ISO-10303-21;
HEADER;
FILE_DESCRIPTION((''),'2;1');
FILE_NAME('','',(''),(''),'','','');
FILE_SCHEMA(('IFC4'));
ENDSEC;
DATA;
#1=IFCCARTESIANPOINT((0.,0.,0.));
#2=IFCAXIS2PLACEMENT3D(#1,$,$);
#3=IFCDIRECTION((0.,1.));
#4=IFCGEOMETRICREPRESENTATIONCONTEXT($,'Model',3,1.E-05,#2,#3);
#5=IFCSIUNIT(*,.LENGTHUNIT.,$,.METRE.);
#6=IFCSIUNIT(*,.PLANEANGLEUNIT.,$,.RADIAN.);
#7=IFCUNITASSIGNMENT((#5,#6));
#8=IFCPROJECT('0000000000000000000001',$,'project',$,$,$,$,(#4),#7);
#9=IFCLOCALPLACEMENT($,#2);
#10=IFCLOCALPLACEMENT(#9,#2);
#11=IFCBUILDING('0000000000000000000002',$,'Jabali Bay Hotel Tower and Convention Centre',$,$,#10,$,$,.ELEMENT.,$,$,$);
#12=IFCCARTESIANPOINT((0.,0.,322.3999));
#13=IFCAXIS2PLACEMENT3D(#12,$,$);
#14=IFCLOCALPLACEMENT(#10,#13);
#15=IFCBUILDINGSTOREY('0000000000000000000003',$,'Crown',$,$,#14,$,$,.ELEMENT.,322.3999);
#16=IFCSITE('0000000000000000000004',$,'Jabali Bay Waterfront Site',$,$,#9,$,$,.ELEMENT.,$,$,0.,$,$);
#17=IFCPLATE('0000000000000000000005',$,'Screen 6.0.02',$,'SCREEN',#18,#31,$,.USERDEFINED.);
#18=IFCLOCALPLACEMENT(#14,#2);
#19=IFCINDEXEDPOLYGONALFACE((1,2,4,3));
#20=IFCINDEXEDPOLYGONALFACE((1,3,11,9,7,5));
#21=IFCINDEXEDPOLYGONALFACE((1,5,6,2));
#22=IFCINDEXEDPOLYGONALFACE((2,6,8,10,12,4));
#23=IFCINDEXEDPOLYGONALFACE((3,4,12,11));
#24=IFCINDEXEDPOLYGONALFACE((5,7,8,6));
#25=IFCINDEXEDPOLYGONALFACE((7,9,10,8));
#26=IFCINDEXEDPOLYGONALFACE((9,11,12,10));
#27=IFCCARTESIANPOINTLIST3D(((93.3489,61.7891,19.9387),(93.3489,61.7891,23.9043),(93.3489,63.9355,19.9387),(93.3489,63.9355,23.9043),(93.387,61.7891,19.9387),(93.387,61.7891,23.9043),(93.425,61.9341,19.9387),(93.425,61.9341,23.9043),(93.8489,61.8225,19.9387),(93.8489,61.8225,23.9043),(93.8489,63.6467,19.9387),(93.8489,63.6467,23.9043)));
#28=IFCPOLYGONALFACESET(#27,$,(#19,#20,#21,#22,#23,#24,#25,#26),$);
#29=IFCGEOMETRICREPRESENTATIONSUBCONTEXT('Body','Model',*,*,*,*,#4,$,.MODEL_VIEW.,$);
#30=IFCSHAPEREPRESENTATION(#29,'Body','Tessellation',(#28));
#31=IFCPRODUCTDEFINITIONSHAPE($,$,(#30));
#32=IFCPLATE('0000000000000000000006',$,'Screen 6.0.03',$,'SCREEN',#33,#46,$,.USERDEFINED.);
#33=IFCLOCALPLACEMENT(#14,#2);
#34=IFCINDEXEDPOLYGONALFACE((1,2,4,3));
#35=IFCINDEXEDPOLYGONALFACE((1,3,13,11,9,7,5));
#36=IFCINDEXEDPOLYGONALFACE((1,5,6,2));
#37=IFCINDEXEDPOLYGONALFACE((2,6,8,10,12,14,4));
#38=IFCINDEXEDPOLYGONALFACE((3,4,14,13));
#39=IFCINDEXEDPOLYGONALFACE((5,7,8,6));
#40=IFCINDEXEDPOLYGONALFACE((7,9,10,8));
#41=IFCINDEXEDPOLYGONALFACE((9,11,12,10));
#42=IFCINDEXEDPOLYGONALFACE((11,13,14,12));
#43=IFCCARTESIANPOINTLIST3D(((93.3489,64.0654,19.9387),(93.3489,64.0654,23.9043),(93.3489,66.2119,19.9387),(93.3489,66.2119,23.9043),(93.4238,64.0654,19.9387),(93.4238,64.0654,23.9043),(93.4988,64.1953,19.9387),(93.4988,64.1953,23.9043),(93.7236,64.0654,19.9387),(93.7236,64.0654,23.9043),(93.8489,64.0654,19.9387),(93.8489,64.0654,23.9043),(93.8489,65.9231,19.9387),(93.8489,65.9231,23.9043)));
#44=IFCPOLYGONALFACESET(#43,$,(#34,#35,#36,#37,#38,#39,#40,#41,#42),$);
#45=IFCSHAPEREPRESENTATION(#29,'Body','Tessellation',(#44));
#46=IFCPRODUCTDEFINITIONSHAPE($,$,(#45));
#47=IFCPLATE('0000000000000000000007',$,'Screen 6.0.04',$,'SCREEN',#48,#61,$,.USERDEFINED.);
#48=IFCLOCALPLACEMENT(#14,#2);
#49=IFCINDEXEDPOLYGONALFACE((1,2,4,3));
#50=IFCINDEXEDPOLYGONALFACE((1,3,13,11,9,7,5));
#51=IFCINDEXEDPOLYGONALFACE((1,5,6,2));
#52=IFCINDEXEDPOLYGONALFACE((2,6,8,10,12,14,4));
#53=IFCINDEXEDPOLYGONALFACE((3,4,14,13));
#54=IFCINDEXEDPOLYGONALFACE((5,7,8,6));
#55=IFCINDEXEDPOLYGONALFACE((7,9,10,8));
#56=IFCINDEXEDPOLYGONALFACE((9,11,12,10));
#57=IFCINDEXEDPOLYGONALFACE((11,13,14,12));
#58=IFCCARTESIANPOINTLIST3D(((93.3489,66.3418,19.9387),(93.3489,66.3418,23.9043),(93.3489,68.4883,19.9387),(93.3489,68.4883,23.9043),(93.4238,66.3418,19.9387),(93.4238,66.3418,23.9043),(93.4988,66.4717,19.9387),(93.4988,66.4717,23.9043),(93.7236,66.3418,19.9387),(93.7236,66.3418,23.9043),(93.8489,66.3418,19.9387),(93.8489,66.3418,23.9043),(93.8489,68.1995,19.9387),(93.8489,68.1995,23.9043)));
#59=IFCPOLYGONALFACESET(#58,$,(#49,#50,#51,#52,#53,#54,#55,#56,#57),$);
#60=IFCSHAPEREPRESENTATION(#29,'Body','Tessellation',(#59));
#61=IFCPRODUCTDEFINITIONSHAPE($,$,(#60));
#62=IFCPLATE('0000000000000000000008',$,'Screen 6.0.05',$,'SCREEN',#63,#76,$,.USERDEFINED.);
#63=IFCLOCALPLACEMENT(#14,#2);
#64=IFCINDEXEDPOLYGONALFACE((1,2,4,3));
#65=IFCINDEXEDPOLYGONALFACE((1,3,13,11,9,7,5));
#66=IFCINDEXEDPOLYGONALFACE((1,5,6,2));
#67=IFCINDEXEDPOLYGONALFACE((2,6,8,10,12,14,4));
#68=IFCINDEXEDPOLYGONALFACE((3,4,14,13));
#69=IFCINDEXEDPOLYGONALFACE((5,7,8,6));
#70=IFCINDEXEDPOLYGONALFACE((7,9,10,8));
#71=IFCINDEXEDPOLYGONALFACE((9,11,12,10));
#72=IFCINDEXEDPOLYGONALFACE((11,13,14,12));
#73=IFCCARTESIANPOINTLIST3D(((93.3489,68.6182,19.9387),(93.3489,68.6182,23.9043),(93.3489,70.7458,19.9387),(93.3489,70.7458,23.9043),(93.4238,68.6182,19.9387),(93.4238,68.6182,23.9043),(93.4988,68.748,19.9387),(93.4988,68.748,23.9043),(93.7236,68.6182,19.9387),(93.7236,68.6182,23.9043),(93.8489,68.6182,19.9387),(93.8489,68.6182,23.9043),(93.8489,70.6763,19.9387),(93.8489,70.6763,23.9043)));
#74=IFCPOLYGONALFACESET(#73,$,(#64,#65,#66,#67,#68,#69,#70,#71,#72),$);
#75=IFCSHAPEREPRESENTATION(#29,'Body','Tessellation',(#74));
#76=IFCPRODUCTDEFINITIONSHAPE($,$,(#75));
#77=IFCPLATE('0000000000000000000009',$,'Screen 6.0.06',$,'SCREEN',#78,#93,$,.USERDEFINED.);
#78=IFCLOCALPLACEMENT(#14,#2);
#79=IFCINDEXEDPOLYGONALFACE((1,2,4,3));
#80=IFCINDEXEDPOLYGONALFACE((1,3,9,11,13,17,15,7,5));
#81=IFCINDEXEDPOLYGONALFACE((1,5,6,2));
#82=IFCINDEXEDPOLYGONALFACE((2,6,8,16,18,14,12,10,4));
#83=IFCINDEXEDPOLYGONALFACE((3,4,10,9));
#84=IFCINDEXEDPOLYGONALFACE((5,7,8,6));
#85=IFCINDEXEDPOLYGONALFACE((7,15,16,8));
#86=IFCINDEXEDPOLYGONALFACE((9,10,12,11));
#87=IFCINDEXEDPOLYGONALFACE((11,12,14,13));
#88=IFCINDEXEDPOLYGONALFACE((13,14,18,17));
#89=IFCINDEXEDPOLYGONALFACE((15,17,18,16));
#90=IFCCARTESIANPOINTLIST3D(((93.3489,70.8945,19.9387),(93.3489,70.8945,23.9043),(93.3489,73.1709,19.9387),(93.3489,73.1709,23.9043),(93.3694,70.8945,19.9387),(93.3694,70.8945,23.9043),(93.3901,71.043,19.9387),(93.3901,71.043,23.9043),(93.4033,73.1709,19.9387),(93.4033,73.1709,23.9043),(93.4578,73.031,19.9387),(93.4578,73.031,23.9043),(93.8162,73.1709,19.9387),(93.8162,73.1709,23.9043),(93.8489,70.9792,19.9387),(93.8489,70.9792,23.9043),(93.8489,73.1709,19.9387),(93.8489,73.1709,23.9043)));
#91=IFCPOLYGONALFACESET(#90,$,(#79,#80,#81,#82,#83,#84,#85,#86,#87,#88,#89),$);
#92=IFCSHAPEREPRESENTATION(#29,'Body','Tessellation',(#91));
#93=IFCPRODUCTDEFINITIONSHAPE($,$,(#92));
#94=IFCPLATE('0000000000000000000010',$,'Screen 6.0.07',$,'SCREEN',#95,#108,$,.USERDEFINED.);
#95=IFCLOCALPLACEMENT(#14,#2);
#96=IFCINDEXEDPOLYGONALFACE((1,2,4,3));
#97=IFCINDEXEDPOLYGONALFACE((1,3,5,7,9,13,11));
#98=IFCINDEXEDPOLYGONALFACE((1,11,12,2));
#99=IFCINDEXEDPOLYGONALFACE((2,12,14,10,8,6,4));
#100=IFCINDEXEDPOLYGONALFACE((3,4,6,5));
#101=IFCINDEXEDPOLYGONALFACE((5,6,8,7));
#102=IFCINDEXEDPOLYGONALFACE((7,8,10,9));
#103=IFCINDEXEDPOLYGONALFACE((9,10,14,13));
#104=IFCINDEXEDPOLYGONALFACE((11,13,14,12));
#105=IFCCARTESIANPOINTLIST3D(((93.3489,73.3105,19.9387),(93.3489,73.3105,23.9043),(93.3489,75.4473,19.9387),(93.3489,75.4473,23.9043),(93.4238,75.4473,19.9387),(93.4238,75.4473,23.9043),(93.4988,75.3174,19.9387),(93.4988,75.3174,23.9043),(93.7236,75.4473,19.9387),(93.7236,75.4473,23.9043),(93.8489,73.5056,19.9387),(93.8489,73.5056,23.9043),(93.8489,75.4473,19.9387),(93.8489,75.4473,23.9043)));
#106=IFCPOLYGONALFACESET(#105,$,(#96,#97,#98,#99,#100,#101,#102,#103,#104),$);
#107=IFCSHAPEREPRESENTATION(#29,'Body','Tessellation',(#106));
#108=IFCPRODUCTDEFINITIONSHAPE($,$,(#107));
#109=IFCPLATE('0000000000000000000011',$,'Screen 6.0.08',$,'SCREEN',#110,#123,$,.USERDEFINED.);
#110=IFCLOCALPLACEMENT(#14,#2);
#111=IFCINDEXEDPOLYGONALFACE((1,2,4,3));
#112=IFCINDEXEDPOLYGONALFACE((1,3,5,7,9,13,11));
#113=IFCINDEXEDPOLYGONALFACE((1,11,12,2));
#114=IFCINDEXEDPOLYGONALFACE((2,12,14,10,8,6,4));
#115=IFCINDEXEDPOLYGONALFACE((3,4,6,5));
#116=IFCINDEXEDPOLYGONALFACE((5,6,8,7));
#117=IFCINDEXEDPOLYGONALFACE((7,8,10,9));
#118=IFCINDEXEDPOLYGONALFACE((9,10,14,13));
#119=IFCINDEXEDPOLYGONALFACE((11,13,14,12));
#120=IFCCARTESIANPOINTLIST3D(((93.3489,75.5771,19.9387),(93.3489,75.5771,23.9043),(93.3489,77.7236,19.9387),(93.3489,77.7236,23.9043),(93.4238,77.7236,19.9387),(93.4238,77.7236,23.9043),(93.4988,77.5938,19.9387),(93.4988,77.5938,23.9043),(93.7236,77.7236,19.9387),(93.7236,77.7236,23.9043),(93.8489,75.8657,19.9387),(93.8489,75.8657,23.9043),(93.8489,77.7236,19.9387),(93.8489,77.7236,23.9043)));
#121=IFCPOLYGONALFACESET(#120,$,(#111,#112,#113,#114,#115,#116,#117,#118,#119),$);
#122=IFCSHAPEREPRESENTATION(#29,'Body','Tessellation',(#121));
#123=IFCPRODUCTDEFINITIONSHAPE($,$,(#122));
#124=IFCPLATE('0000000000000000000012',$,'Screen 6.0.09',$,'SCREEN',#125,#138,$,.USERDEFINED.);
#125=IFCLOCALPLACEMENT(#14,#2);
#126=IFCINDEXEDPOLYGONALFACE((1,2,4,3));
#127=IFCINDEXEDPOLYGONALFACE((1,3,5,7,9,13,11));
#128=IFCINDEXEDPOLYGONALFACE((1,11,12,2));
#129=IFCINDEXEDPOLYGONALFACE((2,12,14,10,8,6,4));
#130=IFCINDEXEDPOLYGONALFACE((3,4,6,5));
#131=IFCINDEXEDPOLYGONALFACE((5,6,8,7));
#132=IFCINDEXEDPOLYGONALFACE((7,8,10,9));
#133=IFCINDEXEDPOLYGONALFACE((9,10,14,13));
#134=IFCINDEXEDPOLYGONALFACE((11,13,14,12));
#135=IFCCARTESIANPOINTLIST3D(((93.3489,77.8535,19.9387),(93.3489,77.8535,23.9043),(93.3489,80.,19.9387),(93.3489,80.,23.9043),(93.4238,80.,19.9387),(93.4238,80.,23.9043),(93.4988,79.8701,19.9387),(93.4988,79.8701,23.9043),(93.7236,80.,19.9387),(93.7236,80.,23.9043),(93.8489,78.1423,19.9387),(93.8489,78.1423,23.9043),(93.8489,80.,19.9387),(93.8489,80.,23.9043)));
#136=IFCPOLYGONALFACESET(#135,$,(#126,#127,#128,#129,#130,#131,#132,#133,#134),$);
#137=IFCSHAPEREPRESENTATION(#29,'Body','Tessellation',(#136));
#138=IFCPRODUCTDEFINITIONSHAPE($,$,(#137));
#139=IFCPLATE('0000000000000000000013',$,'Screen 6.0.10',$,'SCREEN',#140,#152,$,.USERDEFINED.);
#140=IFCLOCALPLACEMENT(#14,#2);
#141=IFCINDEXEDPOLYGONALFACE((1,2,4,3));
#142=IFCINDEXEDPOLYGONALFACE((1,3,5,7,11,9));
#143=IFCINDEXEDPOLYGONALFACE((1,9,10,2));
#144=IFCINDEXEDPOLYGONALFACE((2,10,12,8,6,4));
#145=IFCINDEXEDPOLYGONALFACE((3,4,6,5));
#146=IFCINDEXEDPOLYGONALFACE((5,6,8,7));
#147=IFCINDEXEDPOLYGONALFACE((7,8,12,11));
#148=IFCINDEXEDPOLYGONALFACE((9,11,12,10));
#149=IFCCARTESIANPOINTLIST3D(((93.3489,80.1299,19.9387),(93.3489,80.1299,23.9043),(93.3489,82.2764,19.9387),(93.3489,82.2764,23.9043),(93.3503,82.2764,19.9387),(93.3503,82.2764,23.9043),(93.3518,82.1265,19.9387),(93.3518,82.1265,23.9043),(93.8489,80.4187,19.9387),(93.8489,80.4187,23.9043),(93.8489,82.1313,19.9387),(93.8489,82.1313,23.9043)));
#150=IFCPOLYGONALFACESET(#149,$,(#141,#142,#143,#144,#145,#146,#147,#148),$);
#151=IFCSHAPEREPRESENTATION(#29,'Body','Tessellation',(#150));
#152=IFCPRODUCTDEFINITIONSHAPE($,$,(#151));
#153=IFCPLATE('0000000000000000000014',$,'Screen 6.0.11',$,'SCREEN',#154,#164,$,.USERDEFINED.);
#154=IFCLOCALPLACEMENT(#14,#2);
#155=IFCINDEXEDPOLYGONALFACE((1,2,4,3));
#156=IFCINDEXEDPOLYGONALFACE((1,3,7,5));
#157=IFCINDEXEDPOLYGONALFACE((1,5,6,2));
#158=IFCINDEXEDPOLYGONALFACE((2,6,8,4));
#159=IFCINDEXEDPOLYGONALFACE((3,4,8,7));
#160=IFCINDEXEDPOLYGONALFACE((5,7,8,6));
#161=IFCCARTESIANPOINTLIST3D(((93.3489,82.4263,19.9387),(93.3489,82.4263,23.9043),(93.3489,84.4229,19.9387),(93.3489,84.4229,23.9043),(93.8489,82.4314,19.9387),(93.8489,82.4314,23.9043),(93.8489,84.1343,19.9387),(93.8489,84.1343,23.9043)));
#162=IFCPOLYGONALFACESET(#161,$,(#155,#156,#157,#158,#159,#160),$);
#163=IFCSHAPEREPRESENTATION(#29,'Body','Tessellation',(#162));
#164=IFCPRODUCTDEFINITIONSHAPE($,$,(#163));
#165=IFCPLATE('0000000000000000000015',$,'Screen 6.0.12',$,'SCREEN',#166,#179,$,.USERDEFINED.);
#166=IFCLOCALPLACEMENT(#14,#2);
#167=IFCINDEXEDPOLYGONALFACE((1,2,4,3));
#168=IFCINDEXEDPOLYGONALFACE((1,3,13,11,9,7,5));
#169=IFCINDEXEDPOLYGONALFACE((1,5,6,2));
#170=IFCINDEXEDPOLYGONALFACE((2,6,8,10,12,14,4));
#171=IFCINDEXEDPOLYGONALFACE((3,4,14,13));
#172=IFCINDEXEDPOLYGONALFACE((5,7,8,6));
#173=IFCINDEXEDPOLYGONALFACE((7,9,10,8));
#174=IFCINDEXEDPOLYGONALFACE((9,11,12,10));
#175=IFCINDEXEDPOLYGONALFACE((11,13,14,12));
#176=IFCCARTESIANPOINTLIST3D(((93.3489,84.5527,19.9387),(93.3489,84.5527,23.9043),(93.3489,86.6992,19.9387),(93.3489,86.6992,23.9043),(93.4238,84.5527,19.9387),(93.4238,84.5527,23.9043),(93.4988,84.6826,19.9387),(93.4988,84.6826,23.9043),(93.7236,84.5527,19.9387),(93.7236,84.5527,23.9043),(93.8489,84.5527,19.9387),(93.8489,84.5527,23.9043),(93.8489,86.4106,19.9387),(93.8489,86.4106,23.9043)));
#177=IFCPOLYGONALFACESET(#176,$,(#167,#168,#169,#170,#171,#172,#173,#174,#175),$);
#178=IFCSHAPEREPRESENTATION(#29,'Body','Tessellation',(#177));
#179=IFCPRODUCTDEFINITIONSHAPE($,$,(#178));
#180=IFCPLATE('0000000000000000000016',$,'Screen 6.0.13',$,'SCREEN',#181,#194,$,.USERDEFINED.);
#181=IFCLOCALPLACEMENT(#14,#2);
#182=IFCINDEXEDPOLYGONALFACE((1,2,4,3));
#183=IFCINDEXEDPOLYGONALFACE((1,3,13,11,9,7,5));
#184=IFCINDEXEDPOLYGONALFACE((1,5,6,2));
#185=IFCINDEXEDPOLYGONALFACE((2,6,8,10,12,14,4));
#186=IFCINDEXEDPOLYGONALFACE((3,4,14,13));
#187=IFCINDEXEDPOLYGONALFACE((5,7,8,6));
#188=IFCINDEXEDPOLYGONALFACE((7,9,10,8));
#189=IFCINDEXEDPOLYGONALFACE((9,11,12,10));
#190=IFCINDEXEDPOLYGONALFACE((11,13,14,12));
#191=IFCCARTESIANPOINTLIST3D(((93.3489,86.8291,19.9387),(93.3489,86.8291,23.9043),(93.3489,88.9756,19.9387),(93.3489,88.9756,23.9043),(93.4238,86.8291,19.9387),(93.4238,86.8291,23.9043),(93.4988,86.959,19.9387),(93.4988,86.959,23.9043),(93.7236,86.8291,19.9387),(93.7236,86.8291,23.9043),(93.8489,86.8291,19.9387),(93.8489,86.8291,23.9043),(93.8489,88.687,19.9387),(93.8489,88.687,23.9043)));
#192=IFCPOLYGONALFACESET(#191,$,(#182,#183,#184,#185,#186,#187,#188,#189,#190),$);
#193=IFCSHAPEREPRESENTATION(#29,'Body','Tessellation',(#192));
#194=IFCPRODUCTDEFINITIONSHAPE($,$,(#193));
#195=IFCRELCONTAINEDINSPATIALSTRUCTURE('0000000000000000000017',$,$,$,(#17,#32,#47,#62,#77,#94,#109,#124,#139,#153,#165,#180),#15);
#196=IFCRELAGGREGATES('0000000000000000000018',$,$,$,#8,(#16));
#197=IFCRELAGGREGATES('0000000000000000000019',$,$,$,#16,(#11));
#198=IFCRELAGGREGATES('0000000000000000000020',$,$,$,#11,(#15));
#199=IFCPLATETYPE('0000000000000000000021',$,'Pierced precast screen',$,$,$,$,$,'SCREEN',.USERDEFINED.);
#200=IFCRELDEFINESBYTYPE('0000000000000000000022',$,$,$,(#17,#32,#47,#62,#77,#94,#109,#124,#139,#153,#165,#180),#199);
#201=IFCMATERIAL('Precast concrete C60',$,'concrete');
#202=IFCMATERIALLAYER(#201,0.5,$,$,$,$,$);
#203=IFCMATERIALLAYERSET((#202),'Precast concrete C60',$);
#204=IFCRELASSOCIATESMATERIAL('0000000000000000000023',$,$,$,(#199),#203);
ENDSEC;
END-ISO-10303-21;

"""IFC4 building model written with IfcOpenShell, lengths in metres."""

from ifc_helpers import new_model, si_unit, direction, frame, origin, place, context, subcontext, project, spatial, polyline, outline, extrude, material, layer, layer_set, type_object, element, save


model = new_model("IFC4")

# Units and contexts
model_context = context("Model", 3, precision=1e-05, world=origin(), true_north=direction((0.0, 1.0)))
body_context = subcontext(model_context, "Body", "Model", "MODEL_VIEW")
ifc_project = project(units=[si_unit("LENGTHUNIT", "METRE"), si_unit("PLANEANGLEUNIT", "RADIAN")], contexts=[model_context])

# Site, building, storey
site_placement = place(None, origin())
site = spatial("IfcSite", under=ifc_project, at=site_placement, Name="Jabali Bay Waterfront Site", CompositionType="ELEMENT", RefElevation=0.0)
building_placement = place(site_placement, origin())
building = spatial("IfcBuilding", under=site, at=building_placement, Name="Jabali Bay Hotel Tower and Convention Centre", CompositionType="ELEMENT")
storey_placement = place(building_placement, frame((0.0, 0.0, 322.3999)))
storey = spatial("IfcBuildingStorey", under=building, at=storey_placement, Name="Crown", CompositionType="ELEMENT", Elevation=322.3999)

# Plates
ifc_material = material(Name="Precast concrete C60", Category="concrete")
ifc_layer = layer(ifc_material, 0.5)
ifc_layer_set = layer_set([ifc_layer], Name="Precast concrete C60")
plate_type = type_object("IfcPlateType", Name="Pierced precast screen", ElementType="SCREEN", PredefinedType="USERDEFINED", material=ifc_layer_set)
plate_1_placement = place(storey_placement, frame((0.0, 0.0, 19.9387)))
element("IfcPlate", 1, at=plate_1_placement, inside=storey, type_object=plate_type, Name="Screen 6.0.02", ObjectType="SCREEN", PredefinedType="USERDEFINED", context=body_context, shape_type="SweptSolid", body=[
    extrude(outline(polyline([(93.3489, 63.9355), (93.3489, 61.7891), (93.387, 61.7891), (93.425, 61.9341), (93.8489, 61.8225), (93.8489, 63.6467), (93.3489, 63.9355)])), origin(), (0.0, 0.0, 1.0), 3.9656),
])
plate_2_placement = place(storey_placement, frame((0.0, 0.0, 19.9387)))
element("IfcPlate", 2, at=plate_2_placement, inside=storey, type_object=plate_type, Name="Screen 6.0.03", ObjectType="SCREEN", PredefinedType="USERDEFINED", context=body_context, shape_type="SweptSolid", body=[
    extrude(outline(polyline([(93.3489, 66.2119), (93.3489, 64.0654), (93.4238, 64.0654), (93.4988, 64.1953), (93.7236, 64.0654), (93.8489, 64.0654), (93.8489, 65.9231), (93.3489, 66.2119)])), origin(), (0.0, 0.0, 1.0), 3.9656),
])
plate_3_placement = place(storey_placement, frame((0.0, 0.0, 19.9387)))
element("IfcPlate", 3, at=plate_3_placement, inside=storey, type_object=plate_type, Name="Screen 6.0.04", ObjectType="SCREEN", PredefinedType="USERDEFINED", context=body_context, shape_type="SweptSolid", body=[
    extrude(outline(polyline([(93.3489, 68.4883), (93.3489, 66.3418), (93.4238, 66.3418), (93.4988, 66.4717), (93.7236, 66.3418), (93.8489, 66.3418), (93.8489, 68.1995), (93.3489, 68.4883)])), origin(), (0.0, 0.0, 1.0), 3.9656),
])
plate_4_placement = place(storey_placement, frame((0.0, 0.0, 19.9387)))
element("IfcPlate", 4, at=plate_4_placement, inside=storey, type_object=plate_type, Name="Screen 6.0.05", ObjectType="SCREEN", PredefinedType="USERDEFINED", context=body_context, shape_type="SweptSolid", body=[
    extrude(outline(polyline([(93.3489, 70.7458), (93.3489, 68.6182), (93.4238, 68.6182), (93.4988, 68.748), (93.7236, 68.6182), (93.8489, 68.6182), (93.8489, 70.6763), (93.3489, 70.7458)])), origin(), (0.0, 0.0, 1.0), 3.9656),
])
plate_5_placement = place(storey_placement, frame((0.0, 0.0, 19.9387)))
element("IfcPlate", 5, at=plate_5_placement, inside=storey, type_object=plate_type, Name="Screen 6.0.06", ObjectType="SCREEN", PredefinedType="USERDEFINED", context=body_context, shape_type="SweptSolid", body=[
    extrude(outline(polyline([(93.3489, 73.1709), (93.3489, 70.8945), (93.3694, 70.8945), (93.3901, 71.043), (93.8489, 70.9792), (93.8489, 73.1709), (93.8162, 73.1709), (93.4578, 73.031), (93.4033, 73.1709), (93.3489, 73.1709)])), origin(), (0.0, 0.0, 1.0), 3.9656),
])
plate_6_placement = place(storey_placement, frame((0.0, 0.0, 19.9387)))
element("IfcPlate", 6, at=plate_6_placement, inside=storey, type_object=plate_type, Name="Screen 6.0.07", ObjectType="SCREEN", PredefinedType="USERDEFINED", context=body_context, shape_type="SweptSolid", body=[
    extrude(outline(polyline([(93.3489, 75.4473), (93.3489, 73.3105), (93.8489, 73.5056), (93.8489, 75.4473), (93.7236, 75.4473), (93.4988, 75.3174), (93.4238, 75.4473), (93.3489, 75.4473)])), origin(), (0.0, 0.0, 1.0), 3.9656),
])
plate_7_placement = place(storey_placement, frame((0.0, 0.0, 19.9387)))
element("IfcPlate", 7, at=plate_7_placement, inside=storey, type_object=plate_type, Name="Screen 6.0.08", ObjectType="SCREEN", PredefinedType="USERDEFINED", context=body_context, shape_type="SweptSolid", body=[
    extrude(outline(polyline([(93.3489, 77.7236), (93.3489, 75.5771), (93.8489, 75.8657), (93.8489, 77.7236), (93.7236, 77.7236), (93.4988, 77.5938), (93.4238, 77.7236), (93.3489, 77.7236)])), origin(), (0.0, 0.0, 1.0), 3.9656),
])
plate_8_placement = place(storey_placement, frame((0.0, 0.0, 19.9387)))
element("IfcPlate", 8, at=plate_8_placement, inside=storey, type_object=plate_type, Name="Screen 6.0.09", ObjectType="SCREEN", PredefinedType="USERDEFINED", context=body_context, shape_type="SweptSolid", body=[
    extrude(outline(polyline([(93.3489, 80.0), (93.3489, 77.8535), (93.8489, 78.1423), (93.8489, 80.0), (93.7236, 80.0), (93.4988, 79.8701), (93.4238, 80.0), (93.3489, 80.0)])), origin(), (0.0, 0.0, 1.0), 3.9656),
])
plate_9_placement = place(storey_placement, frame((0.0, 0.0, 19.9387)))
element("IfcPlate", 9, at=plate_9_placement, inside=storey, type_object=plate_type, Name="Screen 6.0.10", ObjectType="SCREEN", PredefinedType="USERDEFINED", context=body_context, shape_type="SweptSolid", body=[
    extrude(outline(polyline([(93.3489, 82.2764), (93.3489, 80.1299), (93.8489, 80.4187), (93.8489, 82.1313), (93.3518, 82.1265), (93.3503, 82.2764), (93.3489, 82.2764)])), origin(), (0.0, 0.0, 1.0), 3.9656),
])
plate_10_placement = place(storey_placement, frame((0.0, 0.0, 19.9387)))
element("IfcPlate", 10, at=plate_10_placement, inside=storey, type_object=plate_type, Name="Screen 6.0.11", ObjectType="SCREEN", PredefinedType="USERDEFINED", context=body_context, shape_type="SweptSolid", body=[
    extrude(outline(polyline([(93.3489, 84.4229), (93.3489, 82.4263), (93.8489, 82.4314), (93.8489, 84.1343), (93.3489, 84.4229)])), origin(), (0.0, 0.0, 1.0), 3.9656),
])
plate_11_placement = place(storey_placement, frame((0.0, 0.0, 19.9387)))
element("IfcPlate", 11, at=plate_11_placement, inside=storey, type_object=plate_type, Name="Screen 6.0.12", ObjectType="SCREEN", PredefinedType="USERDEFINED", context=body_context, shape_type="SweptSolid", body=[
    extrude(outline(polyline([(93.3489, 86.6992), (93.3489, 84.5527), (93.4238, 84.5527), (93.4988, 84.6826), (93.7236, 84.5527), (93.8489, 84.5527), (93.8489, 86.4106), (93.3489, 86.6992)])), origin(), (0.0, 0.0, 1.0), 3.9656),
])
plate_12_placement = place(storey_placement, frame((0.0, 0.0, 19.9387)))
element("IfcPlate", 12, at=plate_12_placement, inside=storey, type_object=plate_type, Name="Screen 6.0.13", ObjectType="SCREEN", PredefinedType="USERDEFINED", context=body_context, shape_type="SweptSolid", body=[
    extrude(outline(polyline([(93.3489, 88.9756), (93.3489, 86.8291), (93.4238, 86.8291), (93.4988, 86.959), (93.7236, 86.8291), (93.8489, 86.8291), (93.8489, 88.687), (93.3489, 88.9756)])), origin(), (0.0, 0.0, 1.0), 3.9656),
])

save(model, "model.ifc")
